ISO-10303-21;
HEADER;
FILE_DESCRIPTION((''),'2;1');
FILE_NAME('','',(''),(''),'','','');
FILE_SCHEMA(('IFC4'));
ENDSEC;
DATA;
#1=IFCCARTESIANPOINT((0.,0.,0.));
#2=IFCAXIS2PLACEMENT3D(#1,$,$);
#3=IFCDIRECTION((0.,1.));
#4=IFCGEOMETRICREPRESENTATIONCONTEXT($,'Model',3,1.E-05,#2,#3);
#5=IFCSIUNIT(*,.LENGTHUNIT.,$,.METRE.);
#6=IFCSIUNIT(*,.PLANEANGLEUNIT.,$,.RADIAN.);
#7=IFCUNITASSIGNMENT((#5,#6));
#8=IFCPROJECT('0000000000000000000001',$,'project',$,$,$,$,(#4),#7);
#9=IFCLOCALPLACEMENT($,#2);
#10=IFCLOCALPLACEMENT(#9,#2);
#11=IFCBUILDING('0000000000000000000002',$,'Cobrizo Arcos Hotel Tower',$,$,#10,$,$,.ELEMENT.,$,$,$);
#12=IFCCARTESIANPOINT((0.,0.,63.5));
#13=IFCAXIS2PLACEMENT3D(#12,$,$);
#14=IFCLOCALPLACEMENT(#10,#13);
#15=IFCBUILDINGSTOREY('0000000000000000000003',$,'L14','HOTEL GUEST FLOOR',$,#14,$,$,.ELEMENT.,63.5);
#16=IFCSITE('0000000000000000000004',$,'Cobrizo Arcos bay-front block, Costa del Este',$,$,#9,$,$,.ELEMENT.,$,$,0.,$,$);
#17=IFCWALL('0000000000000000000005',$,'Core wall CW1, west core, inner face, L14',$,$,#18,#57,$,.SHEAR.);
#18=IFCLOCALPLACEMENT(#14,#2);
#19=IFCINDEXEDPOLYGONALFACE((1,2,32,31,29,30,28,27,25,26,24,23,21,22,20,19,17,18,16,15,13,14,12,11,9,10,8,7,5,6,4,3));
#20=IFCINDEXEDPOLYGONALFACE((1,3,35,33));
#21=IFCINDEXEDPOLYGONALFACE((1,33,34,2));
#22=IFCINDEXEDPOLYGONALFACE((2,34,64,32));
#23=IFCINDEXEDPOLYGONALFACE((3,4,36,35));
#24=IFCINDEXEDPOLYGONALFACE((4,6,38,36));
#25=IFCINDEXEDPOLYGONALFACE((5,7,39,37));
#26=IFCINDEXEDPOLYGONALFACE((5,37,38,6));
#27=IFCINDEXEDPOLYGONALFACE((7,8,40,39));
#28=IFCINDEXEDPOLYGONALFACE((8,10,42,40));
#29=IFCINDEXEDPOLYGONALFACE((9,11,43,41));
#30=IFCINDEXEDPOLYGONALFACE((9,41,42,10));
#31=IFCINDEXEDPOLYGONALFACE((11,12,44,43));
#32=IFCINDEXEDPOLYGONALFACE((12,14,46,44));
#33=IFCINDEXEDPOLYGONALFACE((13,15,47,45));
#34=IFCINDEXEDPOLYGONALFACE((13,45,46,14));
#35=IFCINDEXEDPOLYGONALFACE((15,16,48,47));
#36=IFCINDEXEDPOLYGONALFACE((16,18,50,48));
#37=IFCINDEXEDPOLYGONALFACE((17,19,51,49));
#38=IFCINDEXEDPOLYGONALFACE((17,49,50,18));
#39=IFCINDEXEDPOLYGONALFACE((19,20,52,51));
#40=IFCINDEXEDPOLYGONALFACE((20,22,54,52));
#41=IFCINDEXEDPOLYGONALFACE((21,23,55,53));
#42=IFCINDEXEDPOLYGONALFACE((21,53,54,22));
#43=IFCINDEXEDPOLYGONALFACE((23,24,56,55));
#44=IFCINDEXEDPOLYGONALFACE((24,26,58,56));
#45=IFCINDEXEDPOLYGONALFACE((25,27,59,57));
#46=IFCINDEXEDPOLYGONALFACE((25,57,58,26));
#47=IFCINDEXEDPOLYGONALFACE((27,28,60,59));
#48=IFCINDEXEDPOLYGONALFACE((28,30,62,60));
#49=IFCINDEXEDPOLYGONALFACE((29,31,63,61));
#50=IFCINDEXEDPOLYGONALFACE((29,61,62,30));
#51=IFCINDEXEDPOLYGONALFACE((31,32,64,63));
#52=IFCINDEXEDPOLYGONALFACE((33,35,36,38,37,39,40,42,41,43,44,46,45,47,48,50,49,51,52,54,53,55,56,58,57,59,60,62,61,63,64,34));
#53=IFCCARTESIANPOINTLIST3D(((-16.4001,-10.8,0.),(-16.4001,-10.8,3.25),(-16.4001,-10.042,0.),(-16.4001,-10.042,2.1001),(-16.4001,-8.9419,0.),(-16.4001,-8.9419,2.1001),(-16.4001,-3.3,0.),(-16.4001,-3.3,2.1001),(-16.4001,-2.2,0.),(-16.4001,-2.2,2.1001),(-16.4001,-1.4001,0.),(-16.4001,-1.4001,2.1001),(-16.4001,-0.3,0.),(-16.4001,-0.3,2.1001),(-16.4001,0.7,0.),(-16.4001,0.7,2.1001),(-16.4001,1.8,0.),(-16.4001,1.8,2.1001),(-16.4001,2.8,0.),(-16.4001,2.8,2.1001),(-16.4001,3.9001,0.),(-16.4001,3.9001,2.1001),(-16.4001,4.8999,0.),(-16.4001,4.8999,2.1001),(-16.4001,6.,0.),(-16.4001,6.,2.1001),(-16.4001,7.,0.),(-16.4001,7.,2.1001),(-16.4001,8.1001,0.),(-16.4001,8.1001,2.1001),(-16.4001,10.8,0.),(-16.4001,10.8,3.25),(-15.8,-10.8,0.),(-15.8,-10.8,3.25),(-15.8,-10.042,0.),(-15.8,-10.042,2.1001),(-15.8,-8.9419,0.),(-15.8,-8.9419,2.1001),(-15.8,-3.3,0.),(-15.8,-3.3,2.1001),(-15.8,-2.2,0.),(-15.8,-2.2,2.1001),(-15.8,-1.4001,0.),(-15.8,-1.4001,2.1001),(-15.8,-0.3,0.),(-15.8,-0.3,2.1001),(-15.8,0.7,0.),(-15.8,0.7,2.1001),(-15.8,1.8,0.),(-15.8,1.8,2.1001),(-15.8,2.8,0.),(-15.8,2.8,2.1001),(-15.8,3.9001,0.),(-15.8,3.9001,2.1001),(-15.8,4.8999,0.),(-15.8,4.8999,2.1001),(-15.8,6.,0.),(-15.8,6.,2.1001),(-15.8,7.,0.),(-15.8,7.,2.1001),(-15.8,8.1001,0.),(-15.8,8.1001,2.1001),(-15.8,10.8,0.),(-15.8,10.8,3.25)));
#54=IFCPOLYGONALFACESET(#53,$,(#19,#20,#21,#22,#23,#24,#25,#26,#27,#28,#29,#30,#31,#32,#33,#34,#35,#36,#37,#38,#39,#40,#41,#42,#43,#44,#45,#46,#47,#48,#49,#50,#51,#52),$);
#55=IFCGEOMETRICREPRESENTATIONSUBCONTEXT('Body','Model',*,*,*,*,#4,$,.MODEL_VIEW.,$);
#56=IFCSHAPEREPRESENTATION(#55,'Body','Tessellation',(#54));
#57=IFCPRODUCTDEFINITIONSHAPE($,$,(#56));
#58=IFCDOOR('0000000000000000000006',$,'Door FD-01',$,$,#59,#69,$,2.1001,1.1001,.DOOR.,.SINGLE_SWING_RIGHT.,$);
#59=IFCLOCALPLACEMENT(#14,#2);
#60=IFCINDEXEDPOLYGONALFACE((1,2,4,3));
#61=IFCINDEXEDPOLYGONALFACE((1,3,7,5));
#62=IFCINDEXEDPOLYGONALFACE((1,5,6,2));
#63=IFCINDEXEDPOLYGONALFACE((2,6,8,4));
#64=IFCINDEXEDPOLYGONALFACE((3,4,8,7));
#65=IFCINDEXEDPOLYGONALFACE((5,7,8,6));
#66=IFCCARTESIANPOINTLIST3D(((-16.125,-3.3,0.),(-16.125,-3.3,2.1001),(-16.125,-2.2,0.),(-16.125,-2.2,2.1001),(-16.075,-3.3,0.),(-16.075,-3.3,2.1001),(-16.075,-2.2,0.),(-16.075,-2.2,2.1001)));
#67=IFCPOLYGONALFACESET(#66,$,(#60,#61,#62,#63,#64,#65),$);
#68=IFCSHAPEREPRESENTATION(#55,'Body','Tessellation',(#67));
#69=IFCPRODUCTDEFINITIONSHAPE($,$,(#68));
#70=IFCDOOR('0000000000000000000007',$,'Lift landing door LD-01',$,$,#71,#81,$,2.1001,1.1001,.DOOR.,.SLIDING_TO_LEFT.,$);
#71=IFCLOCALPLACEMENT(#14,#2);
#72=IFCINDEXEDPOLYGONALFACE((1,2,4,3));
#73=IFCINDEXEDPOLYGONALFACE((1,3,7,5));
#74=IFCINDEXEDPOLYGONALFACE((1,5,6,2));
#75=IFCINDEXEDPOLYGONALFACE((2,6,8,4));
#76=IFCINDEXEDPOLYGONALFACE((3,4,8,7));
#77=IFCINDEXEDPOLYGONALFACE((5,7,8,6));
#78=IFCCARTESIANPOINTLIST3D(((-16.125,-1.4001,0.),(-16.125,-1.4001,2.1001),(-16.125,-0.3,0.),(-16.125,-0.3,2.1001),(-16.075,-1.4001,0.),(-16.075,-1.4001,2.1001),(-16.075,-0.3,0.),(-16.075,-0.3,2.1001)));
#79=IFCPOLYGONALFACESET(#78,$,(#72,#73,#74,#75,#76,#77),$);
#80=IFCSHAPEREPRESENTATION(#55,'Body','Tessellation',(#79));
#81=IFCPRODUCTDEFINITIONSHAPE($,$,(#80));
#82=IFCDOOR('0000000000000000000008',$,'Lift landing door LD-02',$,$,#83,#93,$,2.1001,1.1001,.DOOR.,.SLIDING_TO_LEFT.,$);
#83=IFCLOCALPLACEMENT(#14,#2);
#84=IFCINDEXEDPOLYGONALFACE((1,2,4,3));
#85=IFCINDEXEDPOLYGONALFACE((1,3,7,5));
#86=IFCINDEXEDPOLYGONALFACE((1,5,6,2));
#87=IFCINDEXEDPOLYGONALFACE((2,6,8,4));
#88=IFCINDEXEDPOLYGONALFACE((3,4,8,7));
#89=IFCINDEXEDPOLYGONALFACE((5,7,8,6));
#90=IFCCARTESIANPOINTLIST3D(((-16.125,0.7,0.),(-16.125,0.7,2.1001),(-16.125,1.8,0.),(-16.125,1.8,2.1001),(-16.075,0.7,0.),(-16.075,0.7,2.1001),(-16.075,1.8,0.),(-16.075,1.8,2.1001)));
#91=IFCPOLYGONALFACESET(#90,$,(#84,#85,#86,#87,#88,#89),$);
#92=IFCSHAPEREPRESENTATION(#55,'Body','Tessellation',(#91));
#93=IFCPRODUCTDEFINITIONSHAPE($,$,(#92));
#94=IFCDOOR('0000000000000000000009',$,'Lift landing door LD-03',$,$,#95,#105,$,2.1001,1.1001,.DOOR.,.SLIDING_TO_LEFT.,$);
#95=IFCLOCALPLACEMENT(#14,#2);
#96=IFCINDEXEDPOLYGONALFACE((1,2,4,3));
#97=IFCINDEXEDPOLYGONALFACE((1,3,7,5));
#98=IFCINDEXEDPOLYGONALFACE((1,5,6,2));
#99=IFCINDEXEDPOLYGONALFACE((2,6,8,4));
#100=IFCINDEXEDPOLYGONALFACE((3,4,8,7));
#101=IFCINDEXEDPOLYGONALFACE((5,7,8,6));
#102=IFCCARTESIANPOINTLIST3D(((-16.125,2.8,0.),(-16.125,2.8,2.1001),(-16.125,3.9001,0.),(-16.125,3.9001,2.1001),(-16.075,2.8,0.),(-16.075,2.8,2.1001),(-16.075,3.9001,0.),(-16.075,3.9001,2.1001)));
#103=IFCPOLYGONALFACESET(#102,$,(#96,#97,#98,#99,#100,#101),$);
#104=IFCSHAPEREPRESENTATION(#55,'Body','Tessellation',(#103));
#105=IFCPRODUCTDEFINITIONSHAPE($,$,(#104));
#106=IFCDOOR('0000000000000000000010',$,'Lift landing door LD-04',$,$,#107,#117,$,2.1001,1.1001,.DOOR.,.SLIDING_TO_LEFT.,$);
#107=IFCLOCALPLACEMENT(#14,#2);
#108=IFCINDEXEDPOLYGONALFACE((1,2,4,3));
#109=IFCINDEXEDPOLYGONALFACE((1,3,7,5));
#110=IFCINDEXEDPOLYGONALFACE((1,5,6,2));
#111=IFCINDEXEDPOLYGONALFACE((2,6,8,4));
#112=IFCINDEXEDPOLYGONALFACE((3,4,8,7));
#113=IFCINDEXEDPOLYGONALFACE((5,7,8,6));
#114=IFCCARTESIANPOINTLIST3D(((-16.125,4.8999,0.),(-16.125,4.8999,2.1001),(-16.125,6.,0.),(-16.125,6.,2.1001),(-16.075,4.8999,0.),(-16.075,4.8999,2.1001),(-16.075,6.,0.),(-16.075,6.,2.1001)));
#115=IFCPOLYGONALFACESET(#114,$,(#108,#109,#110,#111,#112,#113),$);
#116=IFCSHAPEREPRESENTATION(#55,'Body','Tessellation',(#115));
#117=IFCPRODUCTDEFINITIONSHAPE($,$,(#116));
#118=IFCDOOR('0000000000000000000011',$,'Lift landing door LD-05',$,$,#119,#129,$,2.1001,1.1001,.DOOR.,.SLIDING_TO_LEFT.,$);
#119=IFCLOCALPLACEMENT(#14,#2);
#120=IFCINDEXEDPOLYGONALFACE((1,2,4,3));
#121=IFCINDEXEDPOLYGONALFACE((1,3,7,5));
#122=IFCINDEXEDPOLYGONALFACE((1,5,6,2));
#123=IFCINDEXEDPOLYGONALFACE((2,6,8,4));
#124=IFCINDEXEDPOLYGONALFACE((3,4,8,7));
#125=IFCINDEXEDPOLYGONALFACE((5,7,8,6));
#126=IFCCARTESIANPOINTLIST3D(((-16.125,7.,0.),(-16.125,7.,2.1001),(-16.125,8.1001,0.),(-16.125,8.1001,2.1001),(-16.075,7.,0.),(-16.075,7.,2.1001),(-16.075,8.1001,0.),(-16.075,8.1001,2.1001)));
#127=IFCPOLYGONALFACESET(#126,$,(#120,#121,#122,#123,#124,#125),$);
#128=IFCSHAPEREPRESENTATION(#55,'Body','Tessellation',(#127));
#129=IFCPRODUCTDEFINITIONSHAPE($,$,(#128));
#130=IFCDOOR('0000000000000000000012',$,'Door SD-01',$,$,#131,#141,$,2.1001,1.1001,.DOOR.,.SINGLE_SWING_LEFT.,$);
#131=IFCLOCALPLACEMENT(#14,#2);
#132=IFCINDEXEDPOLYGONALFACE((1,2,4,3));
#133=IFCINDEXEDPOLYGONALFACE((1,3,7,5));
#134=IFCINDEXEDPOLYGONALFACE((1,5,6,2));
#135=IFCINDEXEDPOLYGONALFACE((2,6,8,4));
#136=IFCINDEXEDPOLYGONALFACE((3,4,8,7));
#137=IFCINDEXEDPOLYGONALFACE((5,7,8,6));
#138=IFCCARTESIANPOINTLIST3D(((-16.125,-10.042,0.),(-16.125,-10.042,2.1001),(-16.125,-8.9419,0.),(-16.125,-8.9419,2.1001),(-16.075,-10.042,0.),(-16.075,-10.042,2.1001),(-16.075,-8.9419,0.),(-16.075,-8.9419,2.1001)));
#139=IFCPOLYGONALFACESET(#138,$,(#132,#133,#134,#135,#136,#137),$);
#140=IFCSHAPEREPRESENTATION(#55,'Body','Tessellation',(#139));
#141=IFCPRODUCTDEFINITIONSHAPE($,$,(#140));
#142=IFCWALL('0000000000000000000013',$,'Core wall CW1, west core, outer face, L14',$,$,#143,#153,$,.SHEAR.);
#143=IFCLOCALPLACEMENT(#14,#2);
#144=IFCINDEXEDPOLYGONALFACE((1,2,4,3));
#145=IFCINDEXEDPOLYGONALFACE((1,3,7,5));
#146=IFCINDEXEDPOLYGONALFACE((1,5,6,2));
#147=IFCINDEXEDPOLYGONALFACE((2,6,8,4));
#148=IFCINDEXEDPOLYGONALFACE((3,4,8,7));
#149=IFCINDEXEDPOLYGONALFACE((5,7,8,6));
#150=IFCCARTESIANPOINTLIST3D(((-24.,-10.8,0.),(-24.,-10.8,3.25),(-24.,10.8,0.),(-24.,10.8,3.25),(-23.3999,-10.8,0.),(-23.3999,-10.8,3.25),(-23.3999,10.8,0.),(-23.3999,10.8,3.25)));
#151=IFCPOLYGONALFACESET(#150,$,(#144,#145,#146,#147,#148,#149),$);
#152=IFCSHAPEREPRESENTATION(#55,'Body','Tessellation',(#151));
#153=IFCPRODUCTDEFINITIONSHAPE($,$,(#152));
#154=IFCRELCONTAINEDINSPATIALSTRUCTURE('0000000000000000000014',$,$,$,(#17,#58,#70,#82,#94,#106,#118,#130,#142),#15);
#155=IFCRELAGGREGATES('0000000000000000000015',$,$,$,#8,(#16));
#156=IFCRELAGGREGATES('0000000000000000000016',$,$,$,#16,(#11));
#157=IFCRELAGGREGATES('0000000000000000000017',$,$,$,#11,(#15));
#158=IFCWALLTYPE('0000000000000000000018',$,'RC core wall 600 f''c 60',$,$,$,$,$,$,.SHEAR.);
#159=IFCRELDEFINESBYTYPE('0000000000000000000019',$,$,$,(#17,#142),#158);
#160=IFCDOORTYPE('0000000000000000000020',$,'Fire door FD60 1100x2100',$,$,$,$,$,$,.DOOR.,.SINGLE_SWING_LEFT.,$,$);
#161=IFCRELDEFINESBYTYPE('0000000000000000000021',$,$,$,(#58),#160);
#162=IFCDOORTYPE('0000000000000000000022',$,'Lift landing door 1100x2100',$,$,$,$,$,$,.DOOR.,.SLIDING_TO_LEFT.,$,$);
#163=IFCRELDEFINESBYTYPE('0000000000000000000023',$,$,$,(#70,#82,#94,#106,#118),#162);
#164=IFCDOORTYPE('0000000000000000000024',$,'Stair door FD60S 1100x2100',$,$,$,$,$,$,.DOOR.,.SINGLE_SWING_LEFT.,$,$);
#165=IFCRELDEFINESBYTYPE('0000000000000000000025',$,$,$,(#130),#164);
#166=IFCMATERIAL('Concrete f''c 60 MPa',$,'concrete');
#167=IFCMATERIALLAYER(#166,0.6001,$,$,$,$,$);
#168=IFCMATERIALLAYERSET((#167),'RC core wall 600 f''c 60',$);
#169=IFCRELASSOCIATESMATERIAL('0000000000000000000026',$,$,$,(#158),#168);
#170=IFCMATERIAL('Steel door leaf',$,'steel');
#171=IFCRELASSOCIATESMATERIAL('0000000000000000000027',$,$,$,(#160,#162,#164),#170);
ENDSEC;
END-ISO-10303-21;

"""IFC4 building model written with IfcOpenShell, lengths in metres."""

from ifc_helpers import new_model, si_unit, direction, frame, frame_2d, origin, place, context, subcontext, project, spatial, rectangle, extrude, material, layer, layer_set, type_object, element, fill, save


model = new_model("IFC4")

# Units and contexts
model_context = context("Model", 3, precision=1e-05, world=origin(), true_north=direction((0.0, 1.0)))
body_context = subcontext(model_context, "Body", "Model", "MODEL_VIEW")
ifc_project = project(units=[si_unit("LENGTHUNIT", "METRE"), si_unit("PLANEANGLEUNIT", "RADIAN")], contexts=[model_context])

# Site, building, storey
site_placement = place(None, origin())
site = spatial("IfcSite", under=ifc_project, at=site_placement, Name="Cobrizo Arcos bay-front block, Costa del Este", CompositionType="ELEMENT", RefElevation=0.0)
building_placement = place(site_placement, origin())
building = spatial("IfcBuilding", under=site, at=building_placement, Name="Cobrizo Arcos Hotel Tower", CompositionType="ELEMENT")
storey_placement = place(building_placement, frame((0.0, 0.0, 63.5)))
storey = spatial("IfcBuildingStorey", under=building, at=storey_placement, Name="L14", Description="HOTEL GUEST FLOOR", CompositionType="ELEMENT", Elevation=63.5)

# Wall, openings, doors
ifc_material_1 = material(Name="Concrete f'c 60 MPa", Category="concrete")
ifc_layer_1 = layer(ifc_material_1, 0.6001)
ifc_layer_set_1 = layer_set([ifc_layer_1], Name="RC core wall 600 f'c 60")
wall_type_1 = type_object("IfcWallType", Name="RC core wall 600 f'c 60", PredefinedType="SHEAR", material=ifc_layer_set_1)
wall_1_placement = place(storey_placement, frame((-16.1001, -10.8, 0.0), z_axis=(0.0, 0.0, 1.0), x_axis=(0.0, 1.0, 0.0)))
wall_1 = element("IfcWall", 1, at=wall_1_placement, inside=storey, type_object=wall_type_1, Name="Core wall CW1, west core, inner face, L14", PredefinedType="SHEAR", context=body_context, shape_type="SweptSolid", body=[
    extrude(rectangle(XDim=21.6001, YDim=0.6001, at=frame_2d((10.8, 0.0))), origin(), (0.0, 0.0, 1.0), 3.25),
])
opening_1_placement = place(wall_1_placement, frame((9.3999, 0.0, 0.0)))
opening_1 = element("IfcOpeningElement", 2, at=opening_1_placement, cuts=wall_1, PredefinedType="OPENING", context=body_context, shape_type="SweptSolid", body=[
    extrude(rectangle(XDim=1.1001, YDim=2.1001, at=frame_2d((0.55, 1.05))), frame((0.0, 0.312, 0.0), z_axis=(0.0, -1.0, 0.0), x_axis=(1.0, 0.0, 0.0)), (0.0, 0.0, 1.0), 0.624),
])
opening_2_placement = place(wall_1_placement, frame((11.5, 0.0, 0.0)))
opening_2 = element("IfcOpeningElement", 3, at=opening_2_placement, cuts=wall_1, PredefinedType="OPENING", context=body_context, shape_type="SweptSolid", body=[
    extrude(rectangle(XDim=1.1001, YDim=2.1001, at=frame_2d((0.55, 1.05))), frame((0.0, 0.312, 0.0), z_axis=(0.0, -1.0, 0.0), x_axis=(1.0, 0.0, 0.0)), (0.0, 0.0, 1.0), 0.624),
])
opening_3_placement = place(wall_1_placement, frame((13.6001, 0.0, 0.0)))
opening_3 = element("IfcOpeningElement", 4, at=opening_3_placement, cuts=wall_1, PredefinedType="OPENING", context=body_context, shape_type="SweptSolid", body=[
    extrude(rectangle(XDim=1.1001, YDim=2.1001, at=frame_2d((0.55, 1.05))), frame((0.0, 0.312, 0.0), z_axis=(0.0, -1.0, 0.0), x_axis=(1.0, 0.0, 0.0)), (0.0, 0.0, 1.0), 0.624),
])
opening_4_placement = place(wall_1_placement, frame((15.7, 0.0, 0.0)))
opening_4 = element("IfcOpeningElement", 5, at=opening_4_placement, cuts=wall_1, PredefinedType="OPENING", context=body_context, shape_type="SweptSolid", body=[
    extrude(rectangle(XDim=1.1001, YDim=2.1001, at=frame_2d((0.55, 1.05))), frame((0.0, 0.312, 0.0), z_axis=(0.0, -1.0, 0.0), x_axis=(1.0, 0.0, 0.0)), (0.0, 0.0, 1.0), 0.624),
])
opening_5_placement = place(wall_1_placement, frame((17.8, 0.0, 0.0)))
opening_5 = element("IfcOpeningElement", 6, at=opening_5_placement, cuts=wall_1, PredefinedType="OPENING", context=body_context, shape_type="SweptSolid", body=[
    extrude(rectangle(XDim=1.1001, YDim=2.1001, at=frame_2d((0.55, 1.05))), frame((0.0, 0.312, 0.0), z_axis=(0.0, -1.0, 0.0), x_axis=(1.0, 0.0, 0.0)), (0.0, 0.0, 1.0), 0.624),
])
opening_6_placement = place(wall_1_placement, frame((0.7581, 0.0, 0.0)))
opening_6 = element("IfcOpeningElement", 7, at=opening_6_placement, cuts=wall_1, PredefinedType="OPENING", context=body_context, shape_type="SweptSolid", body=[
    extrude(rectangle(XDim=1.1001, YDim=2.1001, at=frame_2d((0.55, 1.05))), frame((0.0, 0.312, 0.0), z_axis=(0.0, -1.0, 0.0), x_axis=(1.0, 0.0, 0.0)), (0.0, 0.0, 1.0), 0.624),
])
opening_7_placement = place(wall_1_placement, frame((7.5, 0.0, 0.0)))
opening_7 = element("IfcOpeningElement", 8, at=opening_7_placement, cuts=wall_1, PredefinedType="OPENING", context=body_context, shape_type="SweptSolid", body=[
    extrude(rectangle(XDim=1.1001, YDim=2.1001, at=frame_2d((0.55, 1.05))), frame((0.0, 0.312, 0.0), z_axis=(0.0, -1.0, 0.0), x_axis=(1.0, 0.0, 0.0)), (0.0, 0.0, 1.0), 0.624),
])
ifc_material_2 = material(Name="Steel door leaf", Category="steel")
door_type_1 = type_object("IfcDoorType", Name="Fire door FD60 1100x2100", OperationType="SINGLE_SWING_LEFT", PredefinedType="DOOR", material=ifc_material_2)
door_1_placement = place(opening_7_placement, origin())
door_1 = element("IfcDoor", 9, at=door_1_placement, inside=storey, type_object=door_type_1, Name="Door FD-01", OperationType="SINGLE_SWING_RIGHT", OverallHeight=2.1001, OverallWidth=1.1001, PredefinedType="DOOR", context=body_context, shape_type="SweptSolid", body=[
    extrude(rectangle(XDim=1.1001, YDim=2.1001, at=frame_2d((0.55, 1.05))), frame((0.0, 0.0249, 0.0), z_axis=(0.0, -1.0, 0.0), x_axis=(1.0, 0.0, 0.0)), (0.0, 0.0, 1.0), 0.05),
])
fill(opening_7, door_1)
door_type_2 = type_object("IfcDoorType", Name="Lift landing door 1100x2100", OperationType="SLIDING_TO_LEFT", PredefinedType="DOOR", material=ifc_material_2)
door_2_placement = place(opening_1_placement, origin())
door_2 = element("IfcDoor", 10, at=door_2_placement, inside=storey, type_object=door_type_2, Name="Lift landing door LD-01", OperationType="SLIDING_TO_LEFT", OverallHeight=2.1001, OverallWidth=1.1001, PredefinedType="DOOR", context=body_context, shape_type="SweptSolid", body=[
    extrude(rectangle(XDim=1.1001, YDim=2.1001, at=frame_2d((0.55, 1.05))), frame((0.0, 0.0249, 0.0), z_axis=(0.0, -1.0, 0.0), x_axis=(1.0, 0.0, 0.0)), (0.0, 0.0, 1.0), 0.05),
])
fill(opening_1, door_2)
door_3_placement = place(opening_2_placement, origin())
door_3 = element("IfcDoor", 11, at=door_3_placement, inside=storey, type_object=door_type_2, Name="Lift landing door LD-02", OperationType="SLIDING_TO_LEFT", OverallHeight=2.1001, OverallWidth=1.1001, PredefinedType="DOOR", context=body_context, shape_type="SweptSolid", body=[
    extrude(rectangle(XDim=1.1001, YDim=2.1001, at=frame_2d((0.55, 1.05))), frame((0.0, 0.0249, 0.0), z_axis=(0.0, -1.0, 0.0), x_axis=(1.0, 0.0, 0.0)), (0.0, 0.0, 1.0), 0.05),
])
fill(opening_2, door_3)
door_4_placement = place(opening_3_placement, origin())
door_4 = element("IfcDoor", 12, at=door_4_placement, inside=storey, type_object=door_type_2, Name="Lift landing door LD-03", OperationType="SLIDING_TO_LEFT", OverallHeight=2.1001, OverallWidth=1.1001, PredefinedType="DOOR", context=body_context, shape_type="SweptSolid", body=[
    extrude(rectangle(XDim=1.1001, YDim=2.1001, at=frame_2d((0.55, 1.05))), frame((0.0, 0.0249, 0.0), z_axis=(0.0, -1.0, 0.0), x_axis=(1.0, 0.0, 0.0)), (0.0, 0.0, 1.0), 0.05),
])
fill(opening_3, door_4)
door_5_placement = place(opening_4_placement, origin())
door_5 = element("IfcDoor", 13, at=door_5_placement, inside=storey, type_object=door_type_2, Name="Lift landing door LD-04", OperationType="SLIDING_TO_LEFT", OverallHeight=2.1001, OverallWidth=1.1001, PredefinedType="DOOR", context=body_context, shape_type="SweptSolid", body=[
    extrude(rectangle(XDim=1.1001, YDim=2.1001, at=frame_2d((0.55, 1.05))), frame((0.0, 0.0249, 0.0), z_axis=(0.0, -1.0, 0.0), x_axis=(1.0, 0.0, 0.0)), (0.0, 0.0, 1.0), 0.05),
])
fill(opening_4, door_5)
door_6_placement = place(opening_5_placement, origin())
door_6 = element("IfcDoor", 14, at=door_6_placement, inside=storey, type_object=door_type_2, Name="Lift landing door LD-05", OperationType="SLIDING_TO_LEFT", OverallHeight=2.1001, OverallWidth=1.1001, PredefinedType="DOOR", context=body_context, shape_type="SweptSolid", body=[
    extrude(rectangle(XDim=1.1001, YDim=2.1001, at=frame_2d((0.55, 1.05))), frame((0.0, 0.0249, 0.0), z_axis=(0.0, -1.0, 0.0), x_axis=(1.0, 0.0, 0.0)), (0.0, 0.0, 1.0), 0.05),
])
fill(opening_5, door_6)
door_type_3 = type_object("IfcDoorType", Name="Stair door FD60S 1100x2100", OperationType="SINGLE_SWING_LEFT", PredefinedType="DOOR", material=ifc_material_2)
door_7_placement = place(opening_6_placement, origin())
door_7 = element("IfcDoor", 15, at=door_7_placement, inside=storey, type_object=door_type_3, Name="Door SD-01", OperationType="SINGLE_SWING_LEFT", OverallHeight=2.1001, OverallWidth=1.1001, PredefinedType="DOOR", context=body_context, shape_type="SweptSolid", body=[
    extrude(rectangle(XDim=1.1001, YDim=2.1001, at=frame_2d((0.55, 1.05))), frame((0.0, 0.0249, 0.0), z_axis=(0.0, -1.0, 0.0), x_axis=(1.0, 0.0, 0.0)), (0.0, 0.0, 1.0), 0.05),
])
fill(opening_6, door_7)

# Wall
wall_2_placement = place(storey_placement, frame((-23.7, -10.8, 0.0), z_axis=(0.0, 0.0, 1.0), x_axis=(0.0, 1.0, 0.0)))
element("IfcWall", 16, at=wall_2_placement, inside=storey, type_object=wall_type_1, Name="Core wall CW1, west core, outer face, L14", PredefinedType="SHEAR", context=body_context, shape_type="SweptSolid", body=[
    extrude(rectangle(XDim=21.6001, YDim=0.6001, at=frame_2d((10.8, 0.0))), origin(), (0.0, 0.0, 1.0), 3.25),
])

save(model, "model.ifc")
